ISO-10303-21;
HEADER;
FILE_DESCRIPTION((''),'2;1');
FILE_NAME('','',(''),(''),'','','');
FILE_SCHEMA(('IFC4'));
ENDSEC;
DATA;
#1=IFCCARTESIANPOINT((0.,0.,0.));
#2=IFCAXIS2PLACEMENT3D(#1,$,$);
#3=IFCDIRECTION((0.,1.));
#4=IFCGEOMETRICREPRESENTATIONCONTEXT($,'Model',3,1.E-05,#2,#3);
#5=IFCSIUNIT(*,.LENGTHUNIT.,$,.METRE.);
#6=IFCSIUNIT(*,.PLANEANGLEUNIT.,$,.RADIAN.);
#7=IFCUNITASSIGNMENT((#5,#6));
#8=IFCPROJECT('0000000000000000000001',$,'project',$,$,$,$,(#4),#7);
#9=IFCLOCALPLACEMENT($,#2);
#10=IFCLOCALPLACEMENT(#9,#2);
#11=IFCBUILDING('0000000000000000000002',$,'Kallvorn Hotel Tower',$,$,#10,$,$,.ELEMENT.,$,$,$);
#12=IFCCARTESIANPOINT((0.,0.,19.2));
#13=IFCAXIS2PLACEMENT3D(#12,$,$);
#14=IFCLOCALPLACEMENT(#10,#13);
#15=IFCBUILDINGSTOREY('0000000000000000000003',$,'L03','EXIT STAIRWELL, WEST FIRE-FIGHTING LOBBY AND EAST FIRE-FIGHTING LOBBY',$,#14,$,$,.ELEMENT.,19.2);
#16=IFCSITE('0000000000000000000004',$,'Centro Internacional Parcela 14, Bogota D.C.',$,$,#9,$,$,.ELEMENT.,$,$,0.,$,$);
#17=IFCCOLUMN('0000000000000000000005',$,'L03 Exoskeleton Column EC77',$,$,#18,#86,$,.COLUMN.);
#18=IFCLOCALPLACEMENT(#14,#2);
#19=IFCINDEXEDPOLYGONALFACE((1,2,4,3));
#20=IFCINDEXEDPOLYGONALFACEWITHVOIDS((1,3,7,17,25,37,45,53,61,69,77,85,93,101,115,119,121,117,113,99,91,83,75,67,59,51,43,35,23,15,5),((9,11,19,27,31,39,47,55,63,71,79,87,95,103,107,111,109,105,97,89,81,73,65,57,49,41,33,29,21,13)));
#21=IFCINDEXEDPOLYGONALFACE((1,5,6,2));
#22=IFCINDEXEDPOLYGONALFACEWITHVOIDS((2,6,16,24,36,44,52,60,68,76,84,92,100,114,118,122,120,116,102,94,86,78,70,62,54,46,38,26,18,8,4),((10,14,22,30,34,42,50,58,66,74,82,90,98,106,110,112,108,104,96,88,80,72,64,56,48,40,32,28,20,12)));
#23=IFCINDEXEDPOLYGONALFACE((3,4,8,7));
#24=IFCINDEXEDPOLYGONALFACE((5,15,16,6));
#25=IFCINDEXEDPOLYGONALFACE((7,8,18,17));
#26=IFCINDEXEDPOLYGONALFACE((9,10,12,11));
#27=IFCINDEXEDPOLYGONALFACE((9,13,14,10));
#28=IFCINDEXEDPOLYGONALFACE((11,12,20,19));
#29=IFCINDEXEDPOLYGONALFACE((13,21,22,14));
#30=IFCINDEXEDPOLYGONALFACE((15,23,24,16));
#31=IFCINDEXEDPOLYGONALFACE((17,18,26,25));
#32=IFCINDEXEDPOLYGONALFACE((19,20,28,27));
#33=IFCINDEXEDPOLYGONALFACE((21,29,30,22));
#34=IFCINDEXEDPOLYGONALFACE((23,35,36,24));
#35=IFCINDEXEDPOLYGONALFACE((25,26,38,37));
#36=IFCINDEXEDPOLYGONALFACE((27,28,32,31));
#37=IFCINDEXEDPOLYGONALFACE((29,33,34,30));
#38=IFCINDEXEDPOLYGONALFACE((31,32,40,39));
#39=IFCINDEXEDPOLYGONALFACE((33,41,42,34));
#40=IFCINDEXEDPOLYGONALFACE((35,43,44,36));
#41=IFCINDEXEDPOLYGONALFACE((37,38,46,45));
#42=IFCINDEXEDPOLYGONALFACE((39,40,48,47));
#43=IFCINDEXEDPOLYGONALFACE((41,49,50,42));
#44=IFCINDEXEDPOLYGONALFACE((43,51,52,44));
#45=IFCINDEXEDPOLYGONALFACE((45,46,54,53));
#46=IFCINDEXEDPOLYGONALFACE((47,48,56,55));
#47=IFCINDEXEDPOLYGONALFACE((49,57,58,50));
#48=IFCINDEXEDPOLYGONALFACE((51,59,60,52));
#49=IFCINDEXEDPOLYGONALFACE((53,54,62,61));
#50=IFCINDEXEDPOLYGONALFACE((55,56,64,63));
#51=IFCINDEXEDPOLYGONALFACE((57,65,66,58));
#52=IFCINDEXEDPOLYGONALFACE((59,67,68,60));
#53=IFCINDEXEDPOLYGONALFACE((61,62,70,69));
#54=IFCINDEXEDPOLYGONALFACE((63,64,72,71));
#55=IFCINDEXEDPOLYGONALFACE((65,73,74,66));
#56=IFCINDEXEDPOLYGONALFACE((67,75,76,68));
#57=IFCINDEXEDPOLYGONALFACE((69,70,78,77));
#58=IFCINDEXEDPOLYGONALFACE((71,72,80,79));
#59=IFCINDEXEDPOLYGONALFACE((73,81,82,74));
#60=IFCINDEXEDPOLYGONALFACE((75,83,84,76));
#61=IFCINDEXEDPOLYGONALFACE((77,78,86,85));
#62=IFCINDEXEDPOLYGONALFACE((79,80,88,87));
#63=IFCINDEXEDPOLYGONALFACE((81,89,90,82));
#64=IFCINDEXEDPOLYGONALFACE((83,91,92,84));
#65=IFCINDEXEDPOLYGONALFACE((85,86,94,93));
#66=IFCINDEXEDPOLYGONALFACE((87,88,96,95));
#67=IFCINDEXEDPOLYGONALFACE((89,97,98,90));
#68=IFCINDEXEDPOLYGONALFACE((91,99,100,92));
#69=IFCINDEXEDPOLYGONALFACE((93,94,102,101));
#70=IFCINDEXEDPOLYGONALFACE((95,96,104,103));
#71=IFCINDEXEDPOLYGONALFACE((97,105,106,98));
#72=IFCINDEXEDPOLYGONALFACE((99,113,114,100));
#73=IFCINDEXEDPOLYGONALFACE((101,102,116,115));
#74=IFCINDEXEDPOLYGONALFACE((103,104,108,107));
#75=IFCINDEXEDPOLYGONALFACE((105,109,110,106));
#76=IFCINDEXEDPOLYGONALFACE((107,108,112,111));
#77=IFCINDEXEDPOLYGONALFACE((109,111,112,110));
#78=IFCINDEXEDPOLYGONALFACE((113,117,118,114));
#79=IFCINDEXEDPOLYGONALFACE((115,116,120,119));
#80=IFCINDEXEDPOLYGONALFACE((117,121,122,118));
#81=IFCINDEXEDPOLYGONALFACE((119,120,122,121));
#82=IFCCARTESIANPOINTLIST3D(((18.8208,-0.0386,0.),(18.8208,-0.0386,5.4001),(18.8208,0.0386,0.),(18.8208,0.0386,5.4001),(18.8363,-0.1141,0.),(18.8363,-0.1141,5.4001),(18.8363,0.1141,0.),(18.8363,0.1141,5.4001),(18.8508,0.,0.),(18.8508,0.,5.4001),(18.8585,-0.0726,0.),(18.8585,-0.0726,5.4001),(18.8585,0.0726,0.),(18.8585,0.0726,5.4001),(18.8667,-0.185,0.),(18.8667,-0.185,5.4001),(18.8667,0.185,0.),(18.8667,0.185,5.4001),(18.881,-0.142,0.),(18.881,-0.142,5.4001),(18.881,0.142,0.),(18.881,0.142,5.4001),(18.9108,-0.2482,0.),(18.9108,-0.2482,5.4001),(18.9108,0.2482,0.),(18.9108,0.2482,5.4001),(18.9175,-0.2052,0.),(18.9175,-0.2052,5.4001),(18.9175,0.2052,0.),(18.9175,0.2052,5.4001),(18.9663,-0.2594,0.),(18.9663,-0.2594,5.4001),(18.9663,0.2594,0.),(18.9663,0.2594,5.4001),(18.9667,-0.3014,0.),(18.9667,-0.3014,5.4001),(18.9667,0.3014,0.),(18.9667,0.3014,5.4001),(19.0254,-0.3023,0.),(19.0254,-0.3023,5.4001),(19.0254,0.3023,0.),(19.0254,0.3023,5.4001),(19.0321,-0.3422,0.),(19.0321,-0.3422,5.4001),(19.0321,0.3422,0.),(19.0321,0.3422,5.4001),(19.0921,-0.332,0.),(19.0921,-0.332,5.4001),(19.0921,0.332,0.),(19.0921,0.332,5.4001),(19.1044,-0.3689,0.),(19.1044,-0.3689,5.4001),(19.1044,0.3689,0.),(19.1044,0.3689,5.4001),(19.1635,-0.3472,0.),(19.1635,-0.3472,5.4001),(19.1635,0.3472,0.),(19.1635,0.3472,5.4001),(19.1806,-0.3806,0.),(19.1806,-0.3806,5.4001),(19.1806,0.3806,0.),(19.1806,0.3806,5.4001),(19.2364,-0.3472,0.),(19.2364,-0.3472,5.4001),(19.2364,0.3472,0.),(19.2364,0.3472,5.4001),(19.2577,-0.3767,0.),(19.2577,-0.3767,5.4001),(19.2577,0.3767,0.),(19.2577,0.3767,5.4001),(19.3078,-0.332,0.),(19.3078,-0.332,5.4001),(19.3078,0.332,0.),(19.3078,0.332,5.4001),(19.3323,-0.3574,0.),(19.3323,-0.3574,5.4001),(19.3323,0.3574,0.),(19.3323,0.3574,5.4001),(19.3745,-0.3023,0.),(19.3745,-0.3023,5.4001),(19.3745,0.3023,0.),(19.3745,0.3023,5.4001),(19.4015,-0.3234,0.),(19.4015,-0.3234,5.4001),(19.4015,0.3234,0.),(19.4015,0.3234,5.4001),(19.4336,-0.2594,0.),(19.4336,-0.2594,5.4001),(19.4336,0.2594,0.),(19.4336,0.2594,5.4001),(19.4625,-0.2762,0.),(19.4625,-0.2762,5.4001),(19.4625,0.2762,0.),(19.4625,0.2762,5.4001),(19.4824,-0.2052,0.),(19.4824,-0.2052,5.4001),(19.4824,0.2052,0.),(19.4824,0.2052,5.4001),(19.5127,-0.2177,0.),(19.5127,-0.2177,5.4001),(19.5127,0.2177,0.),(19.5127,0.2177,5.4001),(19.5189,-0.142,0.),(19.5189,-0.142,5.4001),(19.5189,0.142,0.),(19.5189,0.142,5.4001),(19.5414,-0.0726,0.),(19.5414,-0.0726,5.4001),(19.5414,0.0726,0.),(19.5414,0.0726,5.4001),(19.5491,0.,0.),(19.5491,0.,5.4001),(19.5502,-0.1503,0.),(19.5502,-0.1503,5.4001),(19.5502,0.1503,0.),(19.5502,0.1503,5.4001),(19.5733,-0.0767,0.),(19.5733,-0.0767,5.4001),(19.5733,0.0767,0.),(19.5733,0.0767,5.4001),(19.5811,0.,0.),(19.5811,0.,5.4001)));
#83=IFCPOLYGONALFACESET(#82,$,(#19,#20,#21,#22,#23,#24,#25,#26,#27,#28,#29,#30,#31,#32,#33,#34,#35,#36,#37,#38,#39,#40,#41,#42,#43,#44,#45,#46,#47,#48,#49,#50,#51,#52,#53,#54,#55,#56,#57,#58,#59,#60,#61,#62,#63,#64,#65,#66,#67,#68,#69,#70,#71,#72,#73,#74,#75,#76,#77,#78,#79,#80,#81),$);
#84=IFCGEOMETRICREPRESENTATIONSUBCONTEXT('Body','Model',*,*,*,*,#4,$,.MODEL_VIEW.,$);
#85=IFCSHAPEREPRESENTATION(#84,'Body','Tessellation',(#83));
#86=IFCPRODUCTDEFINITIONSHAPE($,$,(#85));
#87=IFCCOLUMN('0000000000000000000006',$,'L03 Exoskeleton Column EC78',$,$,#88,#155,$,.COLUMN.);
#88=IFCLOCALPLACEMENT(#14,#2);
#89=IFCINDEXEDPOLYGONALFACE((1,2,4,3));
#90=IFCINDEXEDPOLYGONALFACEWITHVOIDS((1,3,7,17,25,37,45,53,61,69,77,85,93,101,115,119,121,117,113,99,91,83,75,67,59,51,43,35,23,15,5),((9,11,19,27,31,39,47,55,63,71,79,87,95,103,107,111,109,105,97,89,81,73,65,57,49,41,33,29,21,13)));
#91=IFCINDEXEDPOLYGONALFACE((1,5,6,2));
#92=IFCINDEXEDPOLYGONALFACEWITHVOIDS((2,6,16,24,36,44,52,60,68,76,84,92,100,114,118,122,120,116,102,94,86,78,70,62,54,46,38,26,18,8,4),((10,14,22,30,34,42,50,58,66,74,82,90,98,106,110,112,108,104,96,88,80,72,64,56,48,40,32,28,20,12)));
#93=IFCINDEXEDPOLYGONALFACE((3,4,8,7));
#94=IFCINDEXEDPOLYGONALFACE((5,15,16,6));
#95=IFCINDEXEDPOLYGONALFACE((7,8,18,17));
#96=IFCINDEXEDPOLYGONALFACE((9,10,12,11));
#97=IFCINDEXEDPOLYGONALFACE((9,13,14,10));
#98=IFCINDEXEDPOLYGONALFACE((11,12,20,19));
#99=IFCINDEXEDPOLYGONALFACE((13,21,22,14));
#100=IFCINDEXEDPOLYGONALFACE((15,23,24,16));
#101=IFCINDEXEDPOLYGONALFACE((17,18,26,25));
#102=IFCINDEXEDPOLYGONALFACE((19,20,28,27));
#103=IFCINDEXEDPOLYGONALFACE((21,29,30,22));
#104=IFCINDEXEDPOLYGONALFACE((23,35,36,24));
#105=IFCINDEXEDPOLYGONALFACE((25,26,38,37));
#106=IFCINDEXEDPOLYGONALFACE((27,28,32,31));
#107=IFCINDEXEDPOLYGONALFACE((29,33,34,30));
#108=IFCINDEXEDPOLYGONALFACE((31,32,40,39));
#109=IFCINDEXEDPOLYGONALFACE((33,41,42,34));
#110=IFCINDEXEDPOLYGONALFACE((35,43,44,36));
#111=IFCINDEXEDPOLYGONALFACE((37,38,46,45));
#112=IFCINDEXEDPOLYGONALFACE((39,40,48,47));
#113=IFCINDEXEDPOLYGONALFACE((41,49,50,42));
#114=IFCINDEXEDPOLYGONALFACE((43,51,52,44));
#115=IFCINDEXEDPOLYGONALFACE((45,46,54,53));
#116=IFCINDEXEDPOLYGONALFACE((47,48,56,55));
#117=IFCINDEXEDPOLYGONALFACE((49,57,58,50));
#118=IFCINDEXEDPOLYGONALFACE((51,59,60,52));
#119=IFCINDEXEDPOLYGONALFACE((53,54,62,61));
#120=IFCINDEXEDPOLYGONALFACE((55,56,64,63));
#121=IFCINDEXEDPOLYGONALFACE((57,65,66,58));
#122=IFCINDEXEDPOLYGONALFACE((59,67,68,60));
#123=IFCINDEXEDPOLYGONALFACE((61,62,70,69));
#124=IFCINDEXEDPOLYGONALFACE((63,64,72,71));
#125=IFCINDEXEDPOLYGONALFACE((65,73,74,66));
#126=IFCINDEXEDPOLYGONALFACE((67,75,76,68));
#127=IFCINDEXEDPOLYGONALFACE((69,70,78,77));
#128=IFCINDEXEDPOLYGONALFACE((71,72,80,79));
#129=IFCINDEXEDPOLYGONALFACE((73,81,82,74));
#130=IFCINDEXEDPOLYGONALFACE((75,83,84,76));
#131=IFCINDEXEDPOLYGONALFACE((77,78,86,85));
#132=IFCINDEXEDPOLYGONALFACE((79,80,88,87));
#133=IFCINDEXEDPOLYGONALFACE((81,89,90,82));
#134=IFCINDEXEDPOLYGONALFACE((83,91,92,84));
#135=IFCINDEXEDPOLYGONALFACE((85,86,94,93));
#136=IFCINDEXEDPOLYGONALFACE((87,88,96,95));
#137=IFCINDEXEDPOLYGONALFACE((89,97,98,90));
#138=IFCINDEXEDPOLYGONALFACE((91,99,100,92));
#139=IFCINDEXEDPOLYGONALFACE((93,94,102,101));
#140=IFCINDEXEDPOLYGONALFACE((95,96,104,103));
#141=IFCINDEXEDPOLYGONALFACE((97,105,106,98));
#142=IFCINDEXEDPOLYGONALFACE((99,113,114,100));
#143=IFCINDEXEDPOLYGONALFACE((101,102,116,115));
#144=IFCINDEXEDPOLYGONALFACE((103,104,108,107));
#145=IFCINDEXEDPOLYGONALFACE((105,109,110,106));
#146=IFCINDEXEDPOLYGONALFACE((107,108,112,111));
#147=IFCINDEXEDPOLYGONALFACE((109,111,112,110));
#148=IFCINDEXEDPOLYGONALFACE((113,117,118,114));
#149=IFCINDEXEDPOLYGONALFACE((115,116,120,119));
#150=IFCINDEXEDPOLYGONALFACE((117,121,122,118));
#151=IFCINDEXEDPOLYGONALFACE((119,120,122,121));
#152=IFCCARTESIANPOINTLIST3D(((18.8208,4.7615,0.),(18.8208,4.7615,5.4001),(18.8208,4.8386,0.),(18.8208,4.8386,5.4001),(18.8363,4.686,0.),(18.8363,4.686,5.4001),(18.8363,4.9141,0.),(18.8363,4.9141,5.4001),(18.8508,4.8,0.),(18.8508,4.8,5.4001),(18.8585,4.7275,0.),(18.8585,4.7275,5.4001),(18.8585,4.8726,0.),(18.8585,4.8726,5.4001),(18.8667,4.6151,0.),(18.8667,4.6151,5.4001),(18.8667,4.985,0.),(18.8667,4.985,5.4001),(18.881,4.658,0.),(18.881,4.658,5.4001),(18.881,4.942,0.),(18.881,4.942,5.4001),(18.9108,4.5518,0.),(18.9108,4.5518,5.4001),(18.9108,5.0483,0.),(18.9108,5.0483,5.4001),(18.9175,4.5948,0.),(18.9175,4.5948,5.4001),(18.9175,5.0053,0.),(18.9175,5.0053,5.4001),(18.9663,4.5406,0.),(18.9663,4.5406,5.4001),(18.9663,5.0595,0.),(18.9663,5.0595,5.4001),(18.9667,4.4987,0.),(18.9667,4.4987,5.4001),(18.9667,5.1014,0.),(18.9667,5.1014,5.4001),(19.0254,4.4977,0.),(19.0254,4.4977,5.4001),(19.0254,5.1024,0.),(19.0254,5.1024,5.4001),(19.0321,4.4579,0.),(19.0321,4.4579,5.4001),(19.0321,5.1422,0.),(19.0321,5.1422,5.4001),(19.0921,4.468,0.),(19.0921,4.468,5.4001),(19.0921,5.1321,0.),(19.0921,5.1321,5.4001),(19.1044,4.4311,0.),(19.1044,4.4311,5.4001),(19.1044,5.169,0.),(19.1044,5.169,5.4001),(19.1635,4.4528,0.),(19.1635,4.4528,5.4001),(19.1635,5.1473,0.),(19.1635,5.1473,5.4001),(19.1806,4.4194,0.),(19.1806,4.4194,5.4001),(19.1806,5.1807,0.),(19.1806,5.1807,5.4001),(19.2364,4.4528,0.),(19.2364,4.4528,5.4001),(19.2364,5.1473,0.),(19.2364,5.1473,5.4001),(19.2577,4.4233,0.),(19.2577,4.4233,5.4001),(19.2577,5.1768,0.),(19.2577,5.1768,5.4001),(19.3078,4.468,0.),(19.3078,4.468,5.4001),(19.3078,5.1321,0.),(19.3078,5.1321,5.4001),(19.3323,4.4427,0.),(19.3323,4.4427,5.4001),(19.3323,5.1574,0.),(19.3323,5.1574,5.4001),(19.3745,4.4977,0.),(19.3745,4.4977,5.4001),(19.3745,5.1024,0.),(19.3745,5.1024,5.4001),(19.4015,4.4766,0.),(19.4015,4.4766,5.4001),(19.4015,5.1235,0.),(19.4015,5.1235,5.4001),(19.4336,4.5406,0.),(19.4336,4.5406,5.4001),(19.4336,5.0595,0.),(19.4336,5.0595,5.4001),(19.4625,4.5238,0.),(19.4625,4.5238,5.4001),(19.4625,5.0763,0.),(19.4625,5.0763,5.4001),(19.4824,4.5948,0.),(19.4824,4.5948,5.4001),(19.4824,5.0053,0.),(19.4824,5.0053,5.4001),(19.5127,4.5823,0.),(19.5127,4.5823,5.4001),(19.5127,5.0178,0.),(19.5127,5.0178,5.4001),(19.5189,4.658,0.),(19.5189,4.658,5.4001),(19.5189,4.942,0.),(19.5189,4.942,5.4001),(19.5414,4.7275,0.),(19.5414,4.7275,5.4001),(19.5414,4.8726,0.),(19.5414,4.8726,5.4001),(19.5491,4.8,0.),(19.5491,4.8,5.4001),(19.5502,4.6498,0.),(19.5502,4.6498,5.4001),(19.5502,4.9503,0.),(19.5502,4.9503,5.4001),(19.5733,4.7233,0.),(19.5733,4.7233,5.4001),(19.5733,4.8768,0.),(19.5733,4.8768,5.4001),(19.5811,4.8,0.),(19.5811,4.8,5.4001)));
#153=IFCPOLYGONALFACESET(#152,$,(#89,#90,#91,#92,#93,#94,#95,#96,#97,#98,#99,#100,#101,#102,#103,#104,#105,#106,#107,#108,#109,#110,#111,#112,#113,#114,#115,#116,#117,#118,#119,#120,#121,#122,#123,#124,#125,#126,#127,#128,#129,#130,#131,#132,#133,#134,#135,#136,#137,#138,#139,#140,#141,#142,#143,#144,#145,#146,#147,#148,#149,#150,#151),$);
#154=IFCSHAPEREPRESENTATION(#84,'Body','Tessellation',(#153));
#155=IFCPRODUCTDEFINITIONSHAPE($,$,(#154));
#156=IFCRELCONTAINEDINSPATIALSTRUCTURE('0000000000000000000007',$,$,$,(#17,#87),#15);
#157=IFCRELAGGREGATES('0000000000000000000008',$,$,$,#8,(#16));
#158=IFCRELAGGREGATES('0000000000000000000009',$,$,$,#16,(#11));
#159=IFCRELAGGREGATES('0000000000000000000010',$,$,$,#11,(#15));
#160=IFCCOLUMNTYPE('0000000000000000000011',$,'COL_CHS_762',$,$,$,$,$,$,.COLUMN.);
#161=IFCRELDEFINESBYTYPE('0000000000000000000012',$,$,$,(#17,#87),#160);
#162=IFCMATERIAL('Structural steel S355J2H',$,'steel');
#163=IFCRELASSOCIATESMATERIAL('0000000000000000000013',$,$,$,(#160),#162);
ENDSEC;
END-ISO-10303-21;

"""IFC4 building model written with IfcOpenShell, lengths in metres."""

from ifc_helpers import new_model, si_unit, direction, frame, origin, origin_2d, place, context, subcontext, project, spatial, hollow_circle, extrude, material, material_profile, profile_set, type_object, element, save


model = new_model("IFC4")

# Units and contexts
model_context = context("Model", 3, precision=1e-05, world=origin(), true_north=direction((0.0, 1.0)))
body_context = subcontext(model_context, "Body", "Model", "MODEL_VIEW")
ifc_project = project(units=[si_unit("LENGTHUNIT", "METRE"), si_unit("PLANEANGLEUNIT", "RADIAN")], contexts=[model_context])

# Site, building, storey
site_placement = place(None, origin())
site = spatial("IfcSite", under=ifc_project, at=site_placement, Name="Centro Internacional Parcela 14, Bogota D.C.", CompositionType="ELEMENT", RefElevation=0.0)
building_placement = place(site_placement, origin())
building = spatial("IfcBuilding", under=site, at=building_placement, Name="Kallvorn Hotel Tower", CompositionType="ELEMENT")
storey_placement = place(building_placement, frame((0.0, 0.0, 19.2)))
storey = spatial("IfcBuildingStorey", under=building, at=storey_placement, Name="L03", Description="EXIT STAIRWELL, WEST FIRE-FIGHTING LOBBY AND EAST FIRE-FIGHTING LOBBY", CompositionType="ELEMENT", Elevation=19.2)

# Columns
ifc_material_1 = material(Name="Structural steel S355J2H", Category="steel")
ifc_material_profile_1 = material_profile(ifc_material_1, hollow_circle(Radius=0.3811, WallThickness=0.032, at=origin_2d()), Name="CHS 762x32")
ifc_profile_set_1 = profile_set([ifc_material_profile_1], Name="Structural steel S355J2H")
column_type_1 = type_object("IfcColumnType", Name="COL_CHS_762", PredefinedType="COLUMN", material=ifc_profile_set_1)
for number, where, z_axis, x_axis, name in (
    (1, (19.2, 0.0, 0.0), (0.0, 0.0, 1.0), (1.0, 0.0, 0.0), "L03 Exoskeleton Column EC77"),
    (2, (19.2, 4.8, 0.0), (0.0, 0.0, 1.0), (1.0, 0.0, 0.0), "L03 Exoskeleton Column EC78"),
):
    element("IfcColumn", number, at=place(storey_placement, frame(where, z_axis=z_axis, x_axis=x_axis)), inside=storey, type_object=column_type_1, Name=name, PredefinedType="COLUMN", context=body_context, shape_type="SweptSolid", body=[
        extrude(hollow_circle(Radius=0.3811, WallThickness=0.032, at=origin_2d()), origin(), (0.0, 0.0, 1.0), 5.4001),
    ])

save(model, "model.ifc")
